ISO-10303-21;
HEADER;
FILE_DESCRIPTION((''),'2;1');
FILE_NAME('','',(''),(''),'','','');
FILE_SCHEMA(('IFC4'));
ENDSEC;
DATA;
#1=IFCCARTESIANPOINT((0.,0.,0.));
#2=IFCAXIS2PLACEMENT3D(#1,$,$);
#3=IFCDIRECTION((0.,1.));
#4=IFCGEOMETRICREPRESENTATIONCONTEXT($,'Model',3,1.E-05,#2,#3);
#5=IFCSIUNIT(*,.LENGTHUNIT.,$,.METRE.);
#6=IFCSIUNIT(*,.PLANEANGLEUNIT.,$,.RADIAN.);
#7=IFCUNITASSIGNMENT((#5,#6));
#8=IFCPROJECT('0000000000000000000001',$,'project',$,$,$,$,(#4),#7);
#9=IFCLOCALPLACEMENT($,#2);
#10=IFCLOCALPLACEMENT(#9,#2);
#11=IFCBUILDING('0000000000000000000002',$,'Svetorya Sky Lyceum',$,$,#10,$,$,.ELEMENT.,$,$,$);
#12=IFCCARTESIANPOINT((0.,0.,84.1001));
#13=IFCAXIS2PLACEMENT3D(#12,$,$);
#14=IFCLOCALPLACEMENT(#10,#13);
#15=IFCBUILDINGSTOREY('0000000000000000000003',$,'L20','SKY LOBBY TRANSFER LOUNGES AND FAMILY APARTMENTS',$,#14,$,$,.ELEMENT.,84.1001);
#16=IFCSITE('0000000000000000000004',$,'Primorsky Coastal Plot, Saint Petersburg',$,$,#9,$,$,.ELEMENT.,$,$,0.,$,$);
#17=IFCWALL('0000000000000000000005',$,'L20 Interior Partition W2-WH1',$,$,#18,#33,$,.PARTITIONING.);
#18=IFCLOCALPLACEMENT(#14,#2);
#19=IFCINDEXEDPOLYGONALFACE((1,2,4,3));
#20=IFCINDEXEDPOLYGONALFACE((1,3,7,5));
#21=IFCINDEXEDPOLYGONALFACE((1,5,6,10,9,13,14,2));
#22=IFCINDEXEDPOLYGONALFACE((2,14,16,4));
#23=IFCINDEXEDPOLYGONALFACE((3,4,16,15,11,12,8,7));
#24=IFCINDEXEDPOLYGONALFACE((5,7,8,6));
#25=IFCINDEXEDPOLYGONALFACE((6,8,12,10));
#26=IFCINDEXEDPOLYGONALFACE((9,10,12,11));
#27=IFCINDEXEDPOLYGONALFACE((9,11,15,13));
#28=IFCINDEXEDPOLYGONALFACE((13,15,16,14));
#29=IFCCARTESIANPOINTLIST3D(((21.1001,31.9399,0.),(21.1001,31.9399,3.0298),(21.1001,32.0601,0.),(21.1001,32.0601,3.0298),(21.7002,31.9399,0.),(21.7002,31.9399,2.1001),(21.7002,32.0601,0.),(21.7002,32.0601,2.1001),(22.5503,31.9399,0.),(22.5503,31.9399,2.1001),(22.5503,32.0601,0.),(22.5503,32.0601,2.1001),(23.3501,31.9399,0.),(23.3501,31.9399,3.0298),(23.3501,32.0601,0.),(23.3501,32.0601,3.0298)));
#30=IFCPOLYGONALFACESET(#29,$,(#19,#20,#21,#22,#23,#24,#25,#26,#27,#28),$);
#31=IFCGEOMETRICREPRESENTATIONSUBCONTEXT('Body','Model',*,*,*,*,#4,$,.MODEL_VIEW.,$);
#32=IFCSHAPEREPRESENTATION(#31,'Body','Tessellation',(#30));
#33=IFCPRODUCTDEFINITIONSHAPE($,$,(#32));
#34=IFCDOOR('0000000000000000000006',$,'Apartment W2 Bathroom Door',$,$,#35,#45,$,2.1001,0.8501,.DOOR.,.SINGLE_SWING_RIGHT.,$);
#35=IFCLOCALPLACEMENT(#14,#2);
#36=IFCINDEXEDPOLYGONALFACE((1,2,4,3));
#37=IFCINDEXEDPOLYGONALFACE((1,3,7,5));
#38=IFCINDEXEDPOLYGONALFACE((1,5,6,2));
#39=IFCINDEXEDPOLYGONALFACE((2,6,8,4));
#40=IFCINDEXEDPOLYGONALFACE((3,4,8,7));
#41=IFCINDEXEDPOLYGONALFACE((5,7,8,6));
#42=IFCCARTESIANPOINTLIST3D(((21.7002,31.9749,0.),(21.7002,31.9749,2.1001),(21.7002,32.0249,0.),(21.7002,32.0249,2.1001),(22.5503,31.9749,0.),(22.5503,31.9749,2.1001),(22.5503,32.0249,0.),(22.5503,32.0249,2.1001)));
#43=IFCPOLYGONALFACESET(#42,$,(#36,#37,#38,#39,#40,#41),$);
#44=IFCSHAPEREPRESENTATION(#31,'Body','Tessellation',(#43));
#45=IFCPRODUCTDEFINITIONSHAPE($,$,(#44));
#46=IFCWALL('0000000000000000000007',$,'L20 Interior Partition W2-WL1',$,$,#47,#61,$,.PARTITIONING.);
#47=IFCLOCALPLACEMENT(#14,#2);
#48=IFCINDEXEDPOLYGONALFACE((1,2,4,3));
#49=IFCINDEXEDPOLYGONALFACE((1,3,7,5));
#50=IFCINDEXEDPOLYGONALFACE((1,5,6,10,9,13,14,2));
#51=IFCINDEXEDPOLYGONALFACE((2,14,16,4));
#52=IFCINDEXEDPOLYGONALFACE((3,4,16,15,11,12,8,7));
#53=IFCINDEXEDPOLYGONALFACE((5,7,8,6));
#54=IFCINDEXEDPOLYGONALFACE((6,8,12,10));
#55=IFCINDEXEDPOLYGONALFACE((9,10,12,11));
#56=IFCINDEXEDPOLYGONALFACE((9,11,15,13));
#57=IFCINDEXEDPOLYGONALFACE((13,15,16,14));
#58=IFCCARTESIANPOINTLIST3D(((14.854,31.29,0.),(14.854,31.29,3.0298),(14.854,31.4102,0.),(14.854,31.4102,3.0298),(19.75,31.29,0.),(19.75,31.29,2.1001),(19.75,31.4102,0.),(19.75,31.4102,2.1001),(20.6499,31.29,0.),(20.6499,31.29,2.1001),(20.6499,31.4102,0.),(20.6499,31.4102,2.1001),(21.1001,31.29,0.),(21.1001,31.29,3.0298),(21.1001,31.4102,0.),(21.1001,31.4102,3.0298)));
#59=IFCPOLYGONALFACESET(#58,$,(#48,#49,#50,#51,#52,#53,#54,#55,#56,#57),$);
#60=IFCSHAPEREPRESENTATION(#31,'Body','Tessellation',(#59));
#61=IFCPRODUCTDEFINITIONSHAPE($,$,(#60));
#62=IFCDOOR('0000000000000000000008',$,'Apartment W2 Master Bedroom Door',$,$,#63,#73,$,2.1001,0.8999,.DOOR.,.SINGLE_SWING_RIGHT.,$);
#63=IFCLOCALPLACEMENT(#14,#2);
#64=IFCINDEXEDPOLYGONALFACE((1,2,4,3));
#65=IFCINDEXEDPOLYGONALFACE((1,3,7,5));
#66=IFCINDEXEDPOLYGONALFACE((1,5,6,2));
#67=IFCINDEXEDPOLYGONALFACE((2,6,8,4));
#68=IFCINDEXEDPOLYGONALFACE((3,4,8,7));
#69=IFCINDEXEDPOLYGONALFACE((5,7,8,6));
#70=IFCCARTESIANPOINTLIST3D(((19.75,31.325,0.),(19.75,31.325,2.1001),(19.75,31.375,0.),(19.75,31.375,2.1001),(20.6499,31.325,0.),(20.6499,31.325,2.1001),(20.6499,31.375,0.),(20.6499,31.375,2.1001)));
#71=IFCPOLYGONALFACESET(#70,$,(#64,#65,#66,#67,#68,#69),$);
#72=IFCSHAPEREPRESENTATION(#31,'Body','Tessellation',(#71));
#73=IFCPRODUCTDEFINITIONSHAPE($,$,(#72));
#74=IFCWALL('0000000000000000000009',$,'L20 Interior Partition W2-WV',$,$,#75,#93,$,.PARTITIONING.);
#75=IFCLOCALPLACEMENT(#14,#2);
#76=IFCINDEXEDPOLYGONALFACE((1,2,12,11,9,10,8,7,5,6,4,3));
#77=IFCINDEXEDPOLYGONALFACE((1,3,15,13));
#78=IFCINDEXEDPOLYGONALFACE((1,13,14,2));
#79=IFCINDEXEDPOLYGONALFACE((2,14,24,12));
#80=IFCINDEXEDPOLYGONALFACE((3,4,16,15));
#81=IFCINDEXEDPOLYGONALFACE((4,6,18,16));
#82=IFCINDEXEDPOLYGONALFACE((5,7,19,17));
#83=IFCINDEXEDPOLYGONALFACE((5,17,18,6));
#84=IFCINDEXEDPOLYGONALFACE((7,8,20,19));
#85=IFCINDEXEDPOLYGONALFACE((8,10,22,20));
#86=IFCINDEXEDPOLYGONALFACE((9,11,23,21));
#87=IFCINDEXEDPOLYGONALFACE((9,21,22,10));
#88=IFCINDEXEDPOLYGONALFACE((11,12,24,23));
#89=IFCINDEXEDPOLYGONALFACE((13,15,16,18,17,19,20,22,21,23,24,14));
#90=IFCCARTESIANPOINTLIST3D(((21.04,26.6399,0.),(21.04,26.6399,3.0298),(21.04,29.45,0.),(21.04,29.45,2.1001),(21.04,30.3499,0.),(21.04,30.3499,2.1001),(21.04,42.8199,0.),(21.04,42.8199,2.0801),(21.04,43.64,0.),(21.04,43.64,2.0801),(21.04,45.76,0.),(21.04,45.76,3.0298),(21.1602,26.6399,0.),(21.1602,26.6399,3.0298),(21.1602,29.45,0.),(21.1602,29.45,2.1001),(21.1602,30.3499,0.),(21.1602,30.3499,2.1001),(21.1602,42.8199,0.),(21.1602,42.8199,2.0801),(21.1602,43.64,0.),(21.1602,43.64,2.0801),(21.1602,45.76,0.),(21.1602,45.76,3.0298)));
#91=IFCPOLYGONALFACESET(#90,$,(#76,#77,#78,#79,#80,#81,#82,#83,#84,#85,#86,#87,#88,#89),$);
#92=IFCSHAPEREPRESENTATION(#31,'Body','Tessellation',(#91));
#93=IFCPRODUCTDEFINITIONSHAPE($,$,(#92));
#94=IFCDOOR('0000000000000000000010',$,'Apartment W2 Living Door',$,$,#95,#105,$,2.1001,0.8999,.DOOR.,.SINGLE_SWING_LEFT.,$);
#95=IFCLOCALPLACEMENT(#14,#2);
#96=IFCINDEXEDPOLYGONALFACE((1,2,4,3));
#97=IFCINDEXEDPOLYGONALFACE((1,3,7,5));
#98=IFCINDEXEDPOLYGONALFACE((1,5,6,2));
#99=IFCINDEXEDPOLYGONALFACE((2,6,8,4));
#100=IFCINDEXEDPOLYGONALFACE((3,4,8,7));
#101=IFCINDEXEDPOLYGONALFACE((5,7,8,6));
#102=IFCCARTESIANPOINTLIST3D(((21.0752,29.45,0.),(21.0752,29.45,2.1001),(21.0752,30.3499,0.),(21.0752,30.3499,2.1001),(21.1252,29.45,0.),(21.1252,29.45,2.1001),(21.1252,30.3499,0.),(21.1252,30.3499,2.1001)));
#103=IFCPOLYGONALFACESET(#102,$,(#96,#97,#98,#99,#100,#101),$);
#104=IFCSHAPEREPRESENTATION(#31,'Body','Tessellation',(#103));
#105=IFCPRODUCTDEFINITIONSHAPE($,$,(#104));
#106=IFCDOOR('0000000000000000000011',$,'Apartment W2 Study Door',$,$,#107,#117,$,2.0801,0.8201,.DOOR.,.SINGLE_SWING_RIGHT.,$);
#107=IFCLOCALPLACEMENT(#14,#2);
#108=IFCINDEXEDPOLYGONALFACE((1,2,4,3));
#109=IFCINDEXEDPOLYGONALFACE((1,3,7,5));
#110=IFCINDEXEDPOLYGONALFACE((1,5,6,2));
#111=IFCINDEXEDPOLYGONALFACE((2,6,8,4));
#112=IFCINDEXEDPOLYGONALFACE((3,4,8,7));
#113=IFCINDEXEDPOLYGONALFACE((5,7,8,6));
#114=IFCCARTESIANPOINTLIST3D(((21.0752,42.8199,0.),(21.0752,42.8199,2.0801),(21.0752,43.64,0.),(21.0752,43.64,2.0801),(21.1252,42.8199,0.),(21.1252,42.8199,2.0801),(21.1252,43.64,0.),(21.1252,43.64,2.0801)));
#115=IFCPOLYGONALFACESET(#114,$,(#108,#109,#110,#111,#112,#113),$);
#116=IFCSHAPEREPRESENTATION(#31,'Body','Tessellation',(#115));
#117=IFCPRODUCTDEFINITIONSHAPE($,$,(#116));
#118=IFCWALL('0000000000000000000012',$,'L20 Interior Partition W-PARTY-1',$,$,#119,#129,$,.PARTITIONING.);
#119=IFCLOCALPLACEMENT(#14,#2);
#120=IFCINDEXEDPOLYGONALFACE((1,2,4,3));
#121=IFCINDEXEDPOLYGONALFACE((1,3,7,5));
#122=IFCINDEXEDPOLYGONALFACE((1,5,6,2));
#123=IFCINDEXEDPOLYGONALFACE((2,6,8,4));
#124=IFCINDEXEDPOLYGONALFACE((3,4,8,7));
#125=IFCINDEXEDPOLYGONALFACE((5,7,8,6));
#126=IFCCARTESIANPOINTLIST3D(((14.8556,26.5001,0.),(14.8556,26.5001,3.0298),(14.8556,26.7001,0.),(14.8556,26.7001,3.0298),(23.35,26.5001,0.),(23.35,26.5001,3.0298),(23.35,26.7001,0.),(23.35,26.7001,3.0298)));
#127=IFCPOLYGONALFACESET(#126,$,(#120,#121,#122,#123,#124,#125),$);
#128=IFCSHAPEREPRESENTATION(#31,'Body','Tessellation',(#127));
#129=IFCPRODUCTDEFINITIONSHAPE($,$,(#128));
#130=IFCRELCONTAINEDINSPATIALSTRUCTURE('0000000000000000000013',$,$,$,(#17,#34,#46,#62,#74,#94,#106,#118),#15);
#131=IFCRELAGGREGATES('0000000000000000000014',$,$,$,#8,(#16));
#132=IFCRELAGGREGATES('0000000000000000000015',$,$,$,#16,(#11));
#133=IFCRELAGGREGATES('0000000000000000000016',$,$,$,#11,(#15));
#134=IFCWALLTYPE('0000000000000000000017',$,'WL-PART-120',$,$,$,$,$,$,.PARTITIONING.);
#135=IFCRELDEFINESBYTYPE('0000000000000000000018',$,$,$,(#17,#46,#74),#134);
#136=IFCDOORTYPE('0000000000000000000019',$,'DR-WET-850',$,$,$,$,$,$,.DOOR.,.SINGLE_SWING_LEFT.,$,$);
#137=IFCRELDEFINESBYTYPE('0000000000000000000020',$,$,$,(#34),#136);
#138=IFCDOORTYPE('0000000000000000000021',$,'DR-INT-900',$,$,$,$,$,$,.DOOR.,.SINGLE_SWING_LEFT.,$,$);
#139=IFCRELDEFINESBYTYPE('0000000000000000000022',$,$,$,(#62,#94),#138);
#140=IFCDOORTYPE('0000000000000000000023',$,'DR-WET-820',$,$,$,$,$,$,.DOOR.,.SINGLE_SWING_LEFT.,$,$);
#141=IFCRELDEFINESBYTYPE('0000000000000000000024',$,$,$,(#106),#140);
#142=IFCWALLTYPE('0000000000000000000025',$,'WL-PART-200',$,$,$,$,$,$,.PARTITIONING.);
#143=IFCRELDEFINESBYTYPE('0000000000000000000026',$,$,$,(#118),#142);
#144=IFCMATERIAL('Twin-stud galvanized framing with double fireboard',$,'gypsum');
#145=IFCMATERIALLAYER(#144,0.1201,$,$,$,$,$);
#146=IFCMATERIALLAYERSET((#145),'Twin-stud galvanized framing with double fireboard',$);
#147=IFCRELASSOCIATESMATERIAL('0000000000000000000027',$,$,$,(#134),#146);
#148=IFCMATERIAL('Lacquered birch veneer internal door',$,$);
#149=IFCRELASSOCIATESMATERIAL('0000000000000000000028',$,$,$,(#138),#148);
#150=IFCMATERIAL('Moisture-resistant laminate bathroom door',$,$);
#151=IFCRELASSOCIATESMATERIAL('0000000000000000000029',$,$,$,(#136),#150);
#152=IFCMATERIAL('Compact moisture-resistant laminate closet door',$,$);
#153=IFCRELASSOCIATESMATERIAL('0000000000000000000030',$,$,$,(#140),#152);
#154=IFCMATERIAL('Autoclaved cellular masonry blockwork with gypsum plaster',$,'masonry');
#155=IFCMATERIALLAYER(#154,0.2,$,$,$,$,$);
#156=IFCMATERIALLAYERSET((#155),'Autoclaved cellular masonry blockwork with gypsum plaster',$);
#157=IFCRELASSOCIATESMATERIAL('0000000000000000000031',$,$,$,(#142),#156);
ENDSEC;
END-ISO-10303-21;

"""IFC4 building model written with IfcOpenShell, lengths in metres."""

from ifc_helpers import new_model, si_unit, direction, frame, frame_2d, origin, place, context, subcontext, project, spatial, rectangle, extrude, material, layer, layer_set, type_object, element, fill, save


model = new_model("IFC4")

# Units and contexts
model_context = context("Model", 3, precision=1e-05, world=origin(), true_north=direction((0.0, 1.0)))
body_context = subcontext(model_context, "Body", "Model", "MODEL_VIEW")
ifc_project = project(units=[si_unit("LENGTHUNIT", "METRE"), si_unit("PLANEANGLEUNIT", "RADIAN")], contexts=[model_context])

# Site, building, storey
site_placement = place(None, origin())
site = spatial("IfcSite", under=ifc_project, at=site_placement, Name="Primorsky Coastal Plot, Saint Petersburg", CompositionType="ELEMENT", RefElevation=0.0)
building_placement = place(site_placement, origin())
building = spatial("IfcBuilding", under=site, at=building_placement, Name="Svetorya Sky Lyceum", CompositionType="ELEMENT")
storey_placement = place(building_placement, frame((0.0, 0.0, 84.1001)))
storey = spatial("IfcBuildingStorey", under=building, at=storey_placement, Name="L20", Description="SKY LOBBY TRANSFER LOUNGES AND FAMILY APARTMENTS", CompositionType="ELEMENT", Elevation=84.1001)

# Shared definitions
ifc_material_1 = material(Name="Twin-stud galvanized framing with double fireboard", Category="gypsum")
ifc_layer_1 = layer(ifc_material_1, 0.1201)
ifc_layer_set_1 = layer_set([ifc_layer_1], Name="Twin-stud galvanized framing with double fireboard")
wall_type_1 = type_object("IfcWallType", Name="WL-PART-120", PredefinedType="PARTITIONING", material=ifc_layer_set_1)

# Walls, openings, doors
ifc_material_2 = material(Name="Lacquered birch veneer internal door")
door_type_1 = type_object("IfcDoorType", Name="DR-INT-900", OperationType="SINGLE_SWING_LEFT", PredefinedType="DOOR", material=ifc_material_2)
wall_1_placement = place(storey_placement, frame((21.1001, 32.0, 0.0), z_axis=(0.0, 0.0, 1.0), x_axis=(1.0, 0.0, 0.0)))
wall_1 = element("IfcWall", 1, at=wall_1_placement, inside=storey, type_object=wall_type_1, Name="L20 Interior Partition W2-WH1", PredefinedType="PARTITIONING", context=body_context, shape_type="SweptSolid", body=[
    extrude(rectangle(XDim=2.25, YDim=0.1201, at=frame_2d((1.125, 0.0))), origin(), (0.0, 0.0, 1.0), 3.0298),
])
opening_1_placement = place(wall_1_placement, frame((0.6001, 0.0, 0.0)))
opening_1 = element("IfcOpeningElement", 2, at=opening_1_placement, cuts=wall_1, PredefinedType="OPENING", context=body_context, shape_type="SweptSolid", body=[
    extrude(rectangle(XDim=0.8501, YDim=2.1001, at=frame_2d((0.425, 1.05))), frame((0.0, 0.0701, 0.0), z_axis=(0.0, -1.0, 0.0), x_axis=(1.0, 0.0, 0.0)), (0.0, 0.0, 1.0), 0.1401),
])
ifc_material_3 = material(Name="Moisture-resistant laminate bathroom door")
door_type_2 = type_object("IfcDoorType", Name="DR-WET-850", OperationType="SINGLE_SWING_LEFT", PredefinedType="DOOR", material=ifc_material_3)
door_1_placement = place(opening_1_placement, origin())
door_1 = element("IfcDoor", 3, at=door_1_placement, inside=storey, type_object=door_type_2, Name="Apartment W2 Bathroom Door", OperationType="SINGLE_SWING_RIGHT", OverallHeight=2.1001, OverallWidth=0.8501, PredefinedType="DOOR", context=body_context, shape_type="SweptSolid", body=[
    extrude(rectangle(XDim=0.8501, YDim=2.1001, at=frame_2d((0.425, 1.05))), frame((0.0, 0.0249, 0.0), z_axis=(0.0, -1.0, 0.0), x_axis=(1.0, 0.0, 0.0)), (0.0, 0.0, 1.0), 0.05),
])
fill(opening_1, door_1)
wall_2_placement = place(storey_placement, frame((14.854, 31.3501, 0.0), z_axis=(0.0, 0.0, 1.0), x_axis=(1.0, 0.0, 0.0)))
wall_2 = element("IfcWall", 4, at=wall_2_placement, inside=storey, type_object=wall_type_1, Name="L20 Interior Partition W2-WL1", PredefinedType="PARTITIONING", context=body_context, shape_type="SweptSolid", body=[
    extrude(rectangle(XDim=6.2461, YDim=0.1201, at=frame_2d((3.123, 0.0))), origin(), (0.0, 0.0, 1.0), 3.0298),
])
opening_2_placement = place(wall_2_placement, frame((4.896, 0.0, 0.0)))
opening_2 = element("IfcOpeningElement", 5, at=opening_2_placement, cuts=wall_2, PredefinedType="OPENING", context=body_context, shape_type="SweptSolid", body=[
    extrude(rectangle(XDim=0.8999, YDim=2.1001, at=frame_2d((0.45, 1.05))), frame((0.0, 0.0701, 0.0), z_axis=(0.0, -1.0, 0.0), x_axis=(1.0, 0.0, 0.0)), (0.0, 0.0, 1.0), 0.1401),
])
door_2_placement = place(opening_2_placement, origin())
door_2 = element("IfcDoor", 6, at=door_2_placement, inside=storey, type_object=door_type_1, Name="Apartment W2 Master Bedroom Door", OperationType="SINGLE_SWING_RIGHT", OverallHeight=2.1001, OverallWidth=0.8999, PredefinedType="DOOR", context=body_context, shape_type="SweptSolid", body=[
    extrude(rectangle(XDim=0.8999, YDim=2.1001, at=frame_2d((0.45, 1.05))), frame((0.0, 0.0249, 0.0), z_axis=(0.0, -1.0, 0.0), x_axis=(1.0, 0.0, 0.0)), (0.0, 0.0, 1.0), 0.05),
])
fill(opening_2, door_2)

# Wall, openings, doors
wall_3_placement = place(storey_placement, frame((21.1001, 26.6399, 0.0), z_axis=(0.0, 0.0, 1.0), x_axis=(0.0, 1.0, 0.0)))
wall_3 = element("IfcWall", 7, at=wall_3_placement, inside=storey, type_object=wall_type_1, Name="L20 Interior Partition W2-WV", PredefinedType="PARTITIONING", context=body_context, shape_type="SweptSolid", body=[
    extrude(rectangle(XDim=19.1201, YDim=0.1201, at=frame_2d((9.5601, 0.0))), origin(), (0.0, 0.0, 1.0), 3.0298),
])
opening_3_placement = place(wall_3_placement, frame((2.8101, 0.0, 0.0)))
opening_3 = element("IfcOpeningElement", 8, at=opening_3_placement, cuts=wall_3, PredefinedType="OPENING", context=body_context, shape_type="SweptSolid", body=[
    extrude(rectangle(XDim=0.8999, YDim=2.1001, at=frame_2d((0.45, 1.05))), frame((0.0, 0.0701, 0.0), z_axis=(0.0, -1.0, 0.0), x_axis=(1.0, 0.0, 0.0)), (0.0, 0.0, 1.0), 0.1401),
])
opening_4_placement = place(wall_3_placement, frame((16.1799, 0.0, 0.0)))
opening_4 = element("IfcOpeningElement", 9, at=opening_4_placement, cuts=wall_3, PredefinedType="OPENING", context=body_context, shape_type="SweptSolid", body=[
    extrude(rectangle(XDim=0.8201, YDim=2.0801, at=frame_2d((0.4102, 1.04))), frame((0.0, 0.0701, 0.0), z_axis=(0.0, -1.0, 0.0), x_axis=(1.0, 0.0, 0.0)), (0.0, 0.0, 1.0), 0.1401),
])
door_3_placement = place(opening_3_placement, origin())
door_3 = element("IfcDoor", 10, at=door_3_placement, inside=storey, type_object=door_type_1, Name="Apartment W2 Living Door", OperationType="SINGLE_SWING_LEFT", OverallHeight=2.1001, OverallWidth=0.8999, PredefinedType="DOOR", context=body_context, shape_type="SweptSolid", body=[
    extrude(rectangle(XDim=0.8999, YDim=2.1001, at=frame_2d((0.45, 1.05))), frame((0.0, 0.0249, 0.0), z_axis=(0.0, -1.0, 0.0), x_axis=(1.0, 0.0, 0.0)), (0.0, 0.0, 1.0), 0.05),
])
fill(opening_3, door_3)
ifc_material_4 = material(Name="Compact moisture-resistant laminate closet door")
door_type_3 = type_object("IfcDoorType", Name="DR-WET-820", OperationType="SINGLE_SWING_LEFT", PredefinedType="DOOR", material=ifc_material_4)
door_4_placement = place(opening_4_placement, origin())
door_4 = element("IfcDoor", 11, at=door_4_placement, inside=storey, type_object=door_type_3, Name="Apartment W2 Study Door", OperationType="SINGLE_SWING_RIGHT", OverallHeight=2.0801, OverallWidth=0.8201, PredefinedType="DOOR", context=body_context, shape_type="SweptSolid", body=[
    extrude(rectangle(XDim=0.8201, YDim=2.0801, at=frame_2d((0.4102, 1.04))), frame((0.0, 0.0249, 0.0), z_axis=(0.0, -1.0, 0.0), x_axis=(1.0, 0.0, 0.0)), (0.0, 0.0, 1.0), 0.05),
])
fill(opening_4, door_4)

# Wall
ifc_material_5 = material(Name="Autoclaved cellular masonry blockwork with gypsum plaster", Category="masonry")
ifc_layer_2 = layer(ifc_material_5, 0.2)
ifc_layer_set_2 = layer_set([ifc_layer_2], Name="Autoclaved cellular masonry blockwork with gypsum plaster")
wall_type_2 = type_object("IfcWallType", Name="WL-PART-200", PredefinedType="PARTITIONING", material=ifc_layer_set_2)
wall_4_placement = place(storey_placement, frame((14.8557, 26.6001, 0.0), z_axis=(0.0, 0.0, 1.0), x_axis=(1.0, 0.0, 0.0)))
element("IfcWall", 12, at=wall_4_placement, inside=storey, type_object=wall_type_2, Name="L20 Interior Partition W-PARTY-1", PredefinedType="PARTITIONING", context=body_context, shape_type="SweptSolid", body=[
    extrude(rectangle(XDim=8.4944, YDim=0.2, at=frame_2d((4.2471, 0.0))), origin(), (0.0, 0.0, 1.0), 3.0298),
])

save(model, "model.ifc")
